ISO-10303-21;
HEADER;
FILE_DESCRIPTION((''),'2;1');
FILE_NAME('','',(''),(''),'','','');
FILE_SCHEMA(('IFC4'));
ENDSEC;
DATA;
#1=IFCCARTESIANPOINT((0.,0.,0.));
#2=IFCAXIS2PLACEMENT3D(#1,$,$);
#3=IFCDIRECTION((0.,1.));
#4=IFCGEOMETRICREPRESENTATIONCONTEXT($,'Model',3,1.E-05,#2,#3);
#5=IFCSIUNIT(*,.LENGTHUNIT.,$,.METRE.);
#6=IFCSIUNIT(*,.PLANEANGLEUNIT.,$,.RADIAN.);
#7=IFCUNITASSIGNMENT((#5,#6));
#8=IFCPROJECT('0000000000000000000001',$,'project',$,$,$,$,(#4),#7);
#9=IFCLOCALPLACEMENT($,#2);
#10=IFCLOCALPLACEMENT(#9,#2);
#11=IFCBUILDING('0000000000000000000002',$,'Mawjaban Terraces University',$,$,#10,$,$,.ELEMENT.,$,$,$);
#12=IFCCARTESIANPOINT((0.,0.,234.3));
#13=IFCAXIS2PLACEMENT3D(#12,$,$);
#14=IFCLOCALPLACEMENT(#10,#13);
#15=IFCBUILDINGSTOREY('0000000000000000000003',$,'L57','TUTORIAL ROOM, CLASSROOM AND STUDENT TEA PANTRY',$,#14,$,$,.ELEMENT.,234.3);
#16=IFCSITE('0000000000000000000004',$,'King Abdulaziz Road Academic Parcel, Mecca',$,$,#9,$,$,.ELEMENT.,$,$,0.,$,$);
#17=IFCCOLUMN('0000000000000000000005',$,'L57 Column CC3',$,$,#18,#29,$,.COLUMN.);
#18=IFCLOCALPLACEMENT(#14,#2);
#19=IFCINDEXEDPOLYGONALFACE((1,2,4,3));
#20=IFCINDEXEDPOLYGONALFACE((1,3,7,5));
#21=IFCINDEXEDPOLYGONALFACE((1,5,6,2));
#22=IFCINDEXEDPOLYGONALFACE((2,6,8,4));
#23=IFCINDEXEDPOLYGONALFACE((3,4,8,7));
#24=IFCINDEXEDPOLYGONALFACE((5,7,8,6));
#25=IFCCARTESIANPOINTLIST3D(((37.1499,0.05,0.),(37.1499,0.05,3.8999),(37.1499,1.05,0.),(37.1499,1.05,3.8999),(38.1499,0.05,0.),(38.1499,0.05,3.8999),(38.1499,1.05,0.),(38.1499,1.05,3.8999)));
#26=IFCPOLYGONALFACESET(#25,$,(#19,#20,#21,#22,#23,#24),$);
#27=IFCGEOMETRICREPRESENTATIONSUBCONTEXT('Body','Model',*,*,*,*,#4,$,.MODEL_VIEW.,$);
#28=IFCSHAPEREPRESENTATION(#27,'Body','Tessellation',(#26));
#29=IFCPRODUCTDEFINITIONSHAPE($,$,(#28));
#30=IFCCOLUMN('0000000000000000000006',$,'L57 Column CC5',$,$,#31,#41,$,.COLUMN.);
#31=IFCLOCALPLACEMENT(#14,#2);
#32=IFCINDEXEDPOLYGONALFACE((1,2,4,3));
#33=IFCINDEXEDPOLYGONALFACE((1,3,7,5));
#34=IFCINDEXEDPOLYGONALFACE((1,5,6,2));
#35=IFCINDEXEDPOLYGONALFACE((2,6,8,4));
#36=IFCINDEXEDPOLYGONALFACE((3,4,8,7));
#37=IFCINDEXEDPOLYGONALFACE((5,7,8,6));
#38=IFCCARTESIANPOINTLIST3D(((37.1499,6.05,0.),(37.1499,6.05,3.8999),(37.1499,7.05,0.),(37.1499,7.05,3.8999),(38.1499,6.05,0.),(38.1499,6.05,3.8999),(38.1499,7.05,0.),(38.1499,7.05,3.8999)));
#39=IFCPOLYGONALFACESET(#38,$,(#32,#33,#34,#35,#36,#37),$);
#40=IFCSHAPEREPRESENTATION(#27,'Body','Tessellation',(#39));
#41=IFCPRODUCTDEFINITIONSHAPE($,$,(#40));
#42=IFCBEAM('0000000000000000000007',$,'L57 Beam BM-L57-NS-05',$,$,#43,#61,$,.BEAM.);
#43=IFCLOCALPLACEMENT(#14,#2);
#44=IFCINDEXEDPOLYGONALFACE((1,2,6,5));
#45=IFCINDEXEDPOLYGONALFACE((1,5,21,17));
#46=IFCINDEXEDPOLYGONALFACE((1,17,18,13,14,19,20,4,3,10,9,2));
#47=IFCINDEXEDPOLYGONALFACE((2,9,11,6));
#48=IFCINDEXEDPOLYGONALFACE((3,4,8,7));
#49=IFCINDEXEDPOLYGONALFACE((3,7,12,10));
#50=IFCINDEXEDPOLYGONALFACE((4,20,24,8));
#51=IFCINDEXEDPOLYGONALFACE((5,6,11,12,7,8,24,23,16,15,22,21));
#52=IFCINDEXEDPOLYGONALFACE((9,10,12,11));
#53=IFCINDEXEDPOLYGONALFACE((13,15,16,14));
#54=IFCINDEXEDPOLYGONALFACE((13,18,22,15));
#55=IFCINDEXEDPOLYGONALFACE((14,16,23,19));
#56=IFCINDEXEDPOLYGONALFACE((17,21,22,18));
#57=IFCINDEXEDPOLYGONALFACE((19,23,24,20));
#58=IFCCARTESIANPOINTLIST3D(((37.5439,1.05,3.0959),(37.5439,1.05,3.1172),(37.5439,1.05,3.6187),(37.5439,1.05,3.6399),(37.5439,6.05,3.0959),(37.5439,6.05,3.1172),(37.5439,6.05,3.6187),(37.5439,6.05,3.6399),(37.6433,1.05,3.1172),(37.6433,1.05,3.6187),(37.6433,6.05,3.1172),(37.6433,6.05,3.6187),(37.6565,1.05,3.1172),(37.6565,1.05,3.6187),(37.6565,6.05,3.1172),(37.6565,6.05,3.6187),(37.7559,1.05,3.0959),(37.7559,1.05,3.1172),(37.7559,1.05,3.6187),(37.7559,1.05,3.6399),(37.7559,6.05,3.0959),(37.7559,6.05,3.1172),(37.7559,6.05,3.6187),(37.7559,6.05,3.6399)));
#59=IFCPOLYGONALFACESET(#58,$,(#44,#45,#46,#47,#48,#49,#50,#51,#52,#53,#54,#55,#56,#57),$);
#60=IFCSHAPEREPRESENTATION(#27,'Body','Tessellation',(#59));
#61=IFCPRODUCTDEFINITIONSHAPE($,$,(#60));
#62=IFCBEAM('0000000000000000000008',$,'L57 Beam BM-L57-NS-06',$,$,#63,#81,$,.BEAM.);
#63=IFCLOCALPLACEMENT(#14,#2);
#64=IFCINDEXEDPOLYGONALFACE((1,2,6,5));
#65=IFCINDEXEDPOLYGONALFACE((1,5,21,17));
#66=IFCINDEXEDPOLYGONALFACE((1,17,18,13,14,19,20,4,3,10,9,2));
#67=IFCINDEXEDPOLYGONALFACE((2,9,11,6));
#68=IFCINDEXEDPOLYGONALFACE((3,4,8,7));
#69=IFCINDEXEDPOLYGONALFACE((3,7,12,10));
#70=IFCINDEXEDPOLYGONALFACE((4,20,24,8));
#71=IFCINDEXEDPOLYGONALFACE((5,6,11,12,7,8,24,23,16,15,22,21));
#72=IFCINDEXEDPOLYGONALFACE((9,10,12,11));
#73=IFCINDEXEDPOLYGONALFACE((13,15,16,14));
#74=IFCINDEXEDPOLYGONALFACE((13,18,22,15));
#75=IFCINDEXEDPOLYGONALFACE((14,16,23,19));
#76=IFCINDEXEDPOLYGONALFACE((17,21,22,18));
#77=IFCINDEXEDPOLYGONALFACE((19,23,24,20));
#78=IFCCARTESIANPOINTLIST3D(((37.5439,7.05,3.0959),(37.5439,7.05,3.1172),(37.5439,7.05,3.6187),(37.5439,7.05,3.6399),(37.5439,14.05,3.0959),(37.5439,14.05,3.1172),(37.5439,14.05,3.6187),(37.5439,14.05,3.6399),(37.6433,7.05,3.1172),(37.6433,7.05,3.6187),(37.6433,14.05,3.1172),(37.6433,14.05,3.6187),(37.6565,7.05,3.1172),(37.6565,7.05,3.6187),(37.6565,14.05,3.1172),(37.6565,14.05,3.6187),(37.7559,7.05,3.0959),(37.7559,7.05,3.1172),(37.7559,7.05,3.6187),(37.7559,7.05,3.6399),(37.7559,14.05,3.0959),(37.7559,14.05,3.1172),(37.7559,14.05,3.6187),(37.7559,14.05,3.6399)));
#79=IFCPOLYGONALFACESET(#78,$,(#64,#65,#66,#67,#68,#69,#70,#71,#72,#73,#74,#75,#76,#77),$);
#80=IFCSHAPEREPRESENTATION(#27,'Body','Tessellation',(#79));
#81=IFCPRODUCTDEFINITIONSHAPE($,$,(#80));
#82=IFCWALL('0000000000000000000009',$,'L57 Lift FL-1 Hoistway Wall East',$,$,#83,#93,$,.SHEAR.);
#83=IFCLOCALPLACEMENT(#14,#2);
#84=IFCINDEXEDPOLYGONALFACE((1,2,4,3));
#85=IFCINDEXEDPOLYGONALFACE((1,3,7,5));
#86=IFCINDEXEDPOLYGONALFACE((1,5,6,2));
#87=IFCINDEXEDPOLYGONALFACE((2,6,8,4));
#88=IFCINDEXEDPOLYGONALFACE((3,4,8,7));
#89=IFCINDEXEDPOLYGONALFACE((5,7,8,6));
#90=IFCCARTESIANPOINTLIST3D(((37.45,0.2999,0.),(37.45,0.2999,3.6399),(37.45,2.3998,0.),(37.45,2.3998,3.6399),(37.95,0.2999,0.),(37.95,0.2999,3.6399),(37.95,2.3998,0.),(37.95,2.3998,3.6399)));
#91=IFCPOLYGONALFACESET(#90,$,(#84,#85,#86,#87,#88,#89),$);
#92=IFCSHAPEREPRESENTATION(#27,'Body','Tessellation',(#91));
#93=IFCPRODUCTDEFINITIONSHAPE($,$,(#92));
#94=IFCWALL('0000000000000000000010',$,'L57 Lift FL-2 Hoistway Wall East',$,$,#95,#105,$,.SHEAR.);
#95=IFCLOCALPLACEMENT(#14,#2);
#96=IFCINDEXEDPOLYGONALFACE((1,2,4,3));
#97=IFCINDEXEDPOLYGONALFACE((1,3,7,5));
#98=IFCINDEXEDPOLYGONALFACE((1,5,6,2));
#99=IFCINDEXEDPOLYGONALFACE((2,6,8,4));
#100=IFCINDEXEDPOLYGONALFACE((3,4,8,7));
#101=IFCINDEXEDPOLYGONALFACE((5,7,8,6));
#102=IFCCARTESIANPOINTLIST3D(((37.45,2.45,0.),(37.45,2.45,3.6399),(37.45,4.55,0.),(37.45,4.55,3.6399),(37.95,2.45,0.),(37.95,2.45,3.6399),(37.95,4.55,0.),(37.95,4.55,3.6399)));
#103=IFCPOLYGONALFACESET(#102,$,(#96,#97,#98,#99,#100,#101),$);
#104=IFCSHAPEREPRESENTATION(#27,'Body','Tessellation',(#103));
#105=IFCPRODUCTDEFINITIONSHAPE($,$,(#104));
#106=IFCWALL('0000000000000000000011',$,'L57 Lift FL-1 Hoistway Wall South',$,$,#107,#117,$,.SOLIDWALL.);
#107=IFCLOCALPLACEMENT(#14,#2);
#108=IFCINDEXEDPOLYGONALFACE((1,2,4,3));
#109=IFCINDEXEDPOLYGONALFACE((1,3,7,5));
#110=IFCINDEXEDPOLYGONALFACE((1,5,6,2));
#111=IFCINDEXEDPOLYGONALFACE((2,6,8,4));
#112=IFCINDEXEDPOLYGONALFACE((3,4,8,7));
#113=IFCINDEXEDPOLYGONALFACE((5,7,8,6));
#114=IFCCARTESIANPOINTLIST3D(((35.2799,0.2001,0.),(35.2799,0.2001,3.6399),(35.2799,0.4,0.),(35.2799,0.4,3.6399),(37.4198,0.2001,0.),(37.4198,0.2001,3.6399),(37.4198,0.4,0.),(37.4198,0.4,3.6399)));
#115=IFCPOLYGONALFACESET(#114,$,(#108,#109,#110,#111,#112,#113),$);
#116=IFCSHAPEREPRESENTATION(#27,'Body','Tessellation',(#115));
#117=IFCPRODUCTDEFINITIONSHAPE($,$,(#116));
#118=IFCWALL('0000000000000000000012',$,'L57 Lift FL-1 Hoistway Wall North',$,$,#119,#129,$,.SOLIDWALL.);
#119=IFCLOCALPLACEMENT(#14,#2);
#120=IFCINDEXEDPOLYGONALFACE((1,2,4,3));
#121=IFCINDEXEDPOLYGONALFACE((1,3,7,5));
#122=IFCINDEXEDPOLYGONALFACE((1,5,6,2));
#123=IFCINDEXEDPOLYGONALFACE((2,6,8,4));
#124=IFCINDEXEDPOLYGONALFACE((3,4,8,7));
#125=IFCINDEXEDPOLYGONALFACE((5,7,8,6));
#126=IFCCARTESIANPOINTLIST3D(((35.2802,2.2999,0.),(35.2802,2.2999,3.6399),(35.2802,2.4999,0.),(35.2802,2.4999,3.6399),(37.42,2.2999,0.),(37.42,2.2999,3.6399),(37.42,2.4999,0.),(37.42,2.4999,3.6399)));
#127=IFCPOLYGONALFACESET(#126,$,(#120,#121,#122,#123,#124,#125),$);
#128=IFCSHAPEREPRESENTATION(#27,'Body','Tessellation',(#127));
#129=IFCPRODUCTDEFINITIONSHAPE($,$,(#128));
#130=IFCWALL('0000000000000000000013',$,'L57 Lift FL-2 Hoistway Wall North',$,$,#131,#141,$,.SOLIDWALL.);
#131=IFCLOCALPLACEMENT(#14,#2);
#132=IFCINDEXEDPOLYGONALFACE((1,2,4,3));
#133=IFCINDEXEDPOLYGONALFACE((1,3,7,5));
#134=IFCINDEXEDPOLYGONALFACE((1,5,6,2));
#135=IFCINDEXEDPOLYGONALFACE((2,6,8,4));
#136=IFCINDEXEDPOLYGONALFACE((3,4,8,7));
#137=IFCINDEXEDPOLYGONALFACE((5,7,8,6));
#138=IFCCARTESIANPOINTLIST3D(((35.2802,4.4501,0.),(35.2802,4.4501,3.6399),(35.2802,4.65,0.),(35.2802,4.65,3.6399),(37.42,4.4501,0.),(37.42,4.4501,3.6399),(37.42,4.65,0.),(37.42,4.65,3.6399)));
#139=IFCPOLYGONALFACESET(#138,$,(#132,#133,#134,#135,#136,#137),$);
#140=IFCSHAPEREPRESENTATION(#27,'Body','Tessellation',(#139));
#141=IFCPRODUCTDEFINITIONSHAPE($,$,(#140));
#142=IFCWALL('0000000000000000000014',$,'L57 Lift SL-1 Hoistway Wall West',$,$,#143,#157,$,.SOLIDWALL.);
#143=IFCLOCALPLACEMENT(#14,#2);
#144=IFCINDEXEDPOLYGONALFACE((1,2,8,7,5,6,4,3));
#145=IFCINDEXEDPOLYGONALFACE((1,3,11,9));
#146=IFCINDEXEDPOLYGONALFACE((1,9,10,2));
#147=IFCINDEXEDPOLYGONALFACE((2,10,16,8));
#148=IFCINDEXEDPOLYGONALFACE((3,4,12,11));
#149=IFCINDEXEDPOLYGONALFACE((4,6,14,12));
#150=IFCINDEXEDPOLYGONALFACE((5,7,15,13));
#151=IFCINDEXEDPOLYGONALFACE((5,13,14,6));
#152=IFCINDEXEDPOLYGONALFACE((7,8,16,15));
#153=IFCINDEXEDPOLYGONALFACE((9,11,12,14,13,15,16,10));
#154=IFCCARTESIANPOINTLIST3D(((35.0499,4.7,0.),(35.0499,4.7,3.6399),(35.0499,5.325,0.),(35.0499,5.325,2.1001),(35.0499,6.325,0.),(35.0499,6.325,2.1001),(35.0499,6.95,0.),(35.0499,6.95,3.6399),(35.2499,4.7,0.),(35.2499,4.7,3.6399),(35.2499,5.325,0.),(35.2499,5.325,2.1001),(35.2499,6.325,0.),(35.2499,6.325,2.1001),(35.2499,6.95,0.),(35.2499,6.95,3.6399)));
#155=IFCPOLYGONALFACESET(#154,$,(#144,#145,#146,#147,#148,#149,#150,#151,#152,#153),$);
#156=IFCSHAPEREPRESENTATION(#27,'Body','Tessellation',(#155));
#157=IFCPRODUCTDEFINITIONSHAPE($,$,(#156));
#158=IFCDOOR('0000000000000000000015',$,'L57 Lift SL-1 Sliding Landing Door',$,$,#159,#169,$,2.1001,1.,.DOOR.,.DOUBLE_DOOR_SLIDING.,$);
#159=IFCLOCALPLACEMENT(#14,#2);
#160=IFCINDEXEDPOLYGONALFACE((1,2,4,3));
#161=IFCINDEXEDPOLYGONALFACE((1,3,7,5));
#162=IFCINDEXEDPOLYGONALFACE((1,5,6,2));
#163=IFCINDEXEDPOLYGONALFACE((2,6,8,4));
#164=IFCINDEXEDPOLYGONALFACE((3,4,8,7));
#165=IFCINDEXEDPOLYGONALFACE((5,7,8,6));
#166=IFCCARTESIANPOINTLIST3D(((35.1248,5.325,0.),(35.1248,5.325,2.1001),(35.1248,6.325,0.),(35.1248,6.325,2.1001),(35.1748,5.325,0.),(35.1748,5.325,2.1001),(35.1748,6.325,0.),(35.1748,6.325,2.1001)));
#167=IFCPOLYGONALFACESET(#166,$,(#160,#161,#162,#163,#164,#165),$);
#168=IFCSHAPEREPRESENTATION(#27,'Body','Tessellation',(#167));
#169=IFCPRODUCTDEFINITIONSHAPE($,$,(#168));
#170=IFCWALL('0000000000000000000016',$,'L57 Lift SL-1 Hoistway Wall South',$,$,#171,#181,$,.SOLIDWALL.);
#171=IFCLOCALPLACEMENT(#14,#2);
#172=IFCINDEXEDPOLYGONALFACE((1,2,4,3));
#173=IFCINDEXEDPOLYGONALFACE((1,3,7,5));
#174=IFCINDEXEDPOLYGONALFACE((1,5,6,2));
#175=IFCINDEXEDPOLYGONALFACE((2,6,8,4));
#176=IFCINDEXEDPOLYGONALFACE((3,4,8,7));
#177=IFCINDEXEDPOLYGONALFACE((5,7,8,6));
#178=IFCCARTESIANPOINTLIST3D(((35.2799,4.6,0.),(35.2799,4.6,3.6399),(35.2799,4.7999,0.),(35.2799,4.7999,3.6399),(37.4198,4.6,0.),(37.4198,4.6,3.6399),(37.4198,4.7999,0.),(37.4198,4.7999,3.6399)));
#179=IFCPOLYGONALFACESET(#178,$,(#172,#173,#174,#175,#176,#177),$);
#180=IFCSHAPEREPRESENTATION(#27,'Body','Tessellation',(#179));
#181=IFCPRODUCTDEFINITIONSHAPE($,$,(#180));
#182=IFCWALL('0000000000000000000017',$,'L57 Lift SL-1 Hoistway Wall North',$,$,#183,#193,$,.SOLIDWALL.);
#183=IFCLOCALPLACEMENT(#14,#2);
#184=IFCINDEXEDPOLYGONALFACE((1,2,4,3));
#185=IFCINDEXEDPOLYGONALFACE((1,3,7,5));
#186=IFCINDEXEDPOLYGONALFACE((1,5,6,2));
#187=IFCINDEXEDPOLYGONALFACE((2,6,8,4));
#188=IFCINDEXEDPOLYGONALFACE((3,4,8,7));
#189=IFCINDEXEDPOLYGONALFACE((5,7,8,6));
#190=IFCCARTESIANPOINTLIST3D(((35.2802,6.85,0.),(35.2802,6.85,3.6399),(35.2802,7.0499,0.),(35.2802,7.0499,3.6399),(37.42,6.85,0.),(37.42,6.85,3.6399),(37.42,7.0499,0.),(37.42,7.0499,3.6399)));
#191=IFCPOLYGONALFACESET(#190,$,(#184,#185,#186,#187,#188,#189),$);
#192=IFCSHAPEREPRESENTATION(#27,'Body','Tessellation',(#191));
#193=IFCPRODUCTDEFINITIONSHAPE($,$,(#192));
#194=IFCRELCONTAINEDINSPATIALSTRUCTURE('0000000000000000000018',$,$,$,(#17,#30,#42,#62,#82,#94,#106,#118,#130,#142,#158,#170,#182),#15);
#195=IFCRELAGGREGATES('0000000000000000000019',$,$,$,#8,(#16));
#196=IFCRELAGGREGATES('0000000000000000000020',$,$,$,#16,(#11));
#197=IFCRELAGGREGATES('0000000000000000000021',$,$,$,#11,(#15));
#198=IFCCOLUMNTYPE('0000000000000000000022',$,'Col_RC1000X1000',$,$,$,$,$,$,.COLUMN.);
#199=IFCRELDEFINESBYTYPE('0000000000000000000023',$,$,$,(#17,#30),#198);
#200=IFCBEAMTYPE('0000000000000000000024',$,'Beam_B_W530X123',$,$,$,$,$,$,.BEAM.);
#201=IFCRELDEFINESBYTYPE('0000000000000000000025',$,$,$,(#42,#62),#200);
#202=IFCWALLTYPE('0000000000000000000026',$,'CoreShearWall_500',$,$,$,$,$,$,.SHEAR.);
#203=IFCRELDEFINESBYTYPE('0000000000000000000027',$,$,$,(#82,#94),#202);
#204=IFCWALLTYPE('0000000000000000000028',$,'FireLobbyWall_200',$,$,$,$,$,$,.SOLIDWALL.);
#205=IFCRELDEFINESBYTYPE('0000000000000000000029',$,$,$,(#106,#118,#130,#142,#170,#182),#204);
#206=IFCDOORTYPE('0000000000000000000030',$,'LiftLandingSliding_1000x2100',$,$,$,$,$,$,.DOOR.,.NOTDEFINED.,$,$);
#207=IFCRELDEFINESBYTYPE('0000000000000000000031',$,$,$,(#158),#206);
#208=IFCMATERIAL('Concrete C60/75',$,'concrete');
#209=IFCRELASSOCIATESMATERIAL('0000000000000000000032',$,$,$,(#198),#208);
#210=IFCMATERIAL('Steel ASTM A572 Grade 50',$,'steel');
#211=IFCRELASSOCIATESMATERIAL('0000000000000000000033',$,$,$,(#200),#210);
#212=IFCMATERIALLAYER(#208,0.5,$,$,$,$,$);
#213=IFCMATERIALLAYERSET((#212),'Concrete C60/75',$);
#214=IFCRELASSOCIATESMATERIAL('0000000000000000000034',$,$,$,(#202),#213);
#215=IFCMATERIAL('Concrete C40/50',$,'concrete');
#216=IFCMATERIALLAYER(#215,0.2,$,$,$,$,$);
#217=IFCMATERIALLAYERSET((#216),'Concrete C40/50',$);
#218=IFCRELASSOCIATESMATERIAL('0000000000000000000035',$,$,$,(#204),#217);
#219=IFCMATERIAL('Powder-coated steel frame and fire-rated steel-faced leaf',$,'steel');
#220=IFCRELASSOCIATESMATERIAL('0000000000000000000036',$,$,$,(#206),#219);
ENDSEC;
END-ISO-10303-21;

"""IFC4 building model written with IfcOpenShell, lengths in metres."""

from ifc_helpers import new_model, si_unit, direction, frame, frame_2d, origin, origin_2d, place, context, subcontext, project, spatial, rectangle, i_section, extrude, material, layer, layer_set, material_profile, profile_set, type_object, element, fill, save


model = new_model("IFC4")

# Units and contexts
model_context = context("Model", 3, precision=1e-05, world=origin(), true_north=direction((0.0, 1.0)))
body_context = subcontext(model_context, "Body", "Model", "MODEL_VIEW")
ifc_project = project(units=[si_unit("LENGTHUNIT", "METRE"), si_unit("PLANEANGLEUNIT", "RADIAN")], contexts=[model_context])

# Site, building, storey
site_placement = place(None, origin())
site = spatial("IfcSite", under=ifc_project, at=site_placement, Name="King Abdulaziz Road Academic Parcel, Mecca", CompositionType="ELEMENT", RefElevation=0.0)
building_placement = place(site_placement, origin())
building = spatial("IfcBuilding", under=site, at=building_placement, Name="Mawjaban Terraces University", CompositionType="ELEMENT")
storey_placement = place(building_placement, frame((0.0, 0.0, 234.3)))
storey = spatial("IfcBuildingStorey", under=building, at=storey_placement, Name="L57", Description="TUTORIAL ROOM, CLASSROOM AND STUDENT TEA PANTRY", CompositionType="ELEMENT", Elevation=234.3)

# Columns
ifc_material_1 = material(Name="Concrete C60/75", Category="concrete")
ifc_material_profile_1 = material_profile(ifc_material_1, rectangle(XDim=1.0, YDim=1.0, at=origin_2d()), Name="RC1000X1000")
ifc_profile_set_1 = profile_set([ifc_material_profile_1], Name="Concrete C60/75")
column_type = type_object("IfcColumnType", Name="Col_RC1000X1000", PredefinedType="COLUMN", material=ifc_profile_set_1)
for number, where, z_axis, x_axis, name in (
    (1, (37.6499, 0.55, 0.0), (0.0, 0.0, 1.0), (1.0, 0.0, 0.0), "L57 Column CC3"),
    (2, (37.6499, 6.55, 0.0), (0.0, 0.0, 1.0), (1.0, 0.0, 0.0), "L57 Column CC5"),
):
    element("IfcColumn", number, at=place(storey_placement, frame(where, z_axis=z_axis, x_axis=x_axis)), inside=storey, type_object=column_type, Name=name, PredefinedType="COLUMN", context=body_context, shape_type="SweptSolid", body=[
        extrude(rectangle(XDim=1.0, YDim=1.0, at=origin_2d()), origin(), (0.0, 0.0, 1.0), 3.8999),
    ])

# Beams
ifc_material_2 = material(Name="Steel ASTM A572 Grade 50", Category="steel")
ifc_material_profile_2 = material_profile(ifc_material_2, i_section(OverallWidth=0.2119, OverallDepth=0.5439, WebThickness=0.0132, FlangeThickness=0.0212, at=origin_2d()), Name="W530X123")
ifc_profile_set_2 = profile_set([ifc_material_profile_2], Name="Steel ASTM A572 Grade 50")
beam_type = type_object("IfcBeamType", Name="Beam_B_W530X123", PredefinedType="BEAM", material=ifc_profile_set_2)
beam_1_placement = place(storey_placement, frame((37.6499, 1.05, 3.3679), z_axis=(0.0, 1.0, 0.0), x_axis=(-1.0, 0.0, 0.0)))
element("IfcBeam", 3, at=beam_1_placement, inside=storey, type_object=beam_type, Name="L57 Beam BM-L57-NS-05", PredefinedType="BEAM", context=body_context, shape_type="SweptSolid", body=[
    extrude(i_section(OverallWidth=0.2119, OverallDepth=0.5439, WebThickness=0.0132, FlangeThickness=0.0212, at=origin_2d()), origin(), (0.0, 0.0, 1.0), 5.0),
])
beam_2_placement = place(storey_placement, frame((37.6499, 7.05, 3.3679), z_axis=(0.0, 1.0, 0.0), x_axis=(-1.0, 0.0, 0.0)))
element("IfcBeam", 4, at=beam_2_placement, inside=storey, type_object=beam_type, Name="L57 Beam BM-L57-NS-06", PredefinedType="BEAM", context=body_context, shape_type="SweptSolid", body=[
    extrude(i_section(OverallWidth=0.2119, OverallDepth=0.5439, WebThickness=0.0132, FlangeThickness=0.0212, at=origin_2d()), origin(), (0.0, 0.0, 1.0), 7.0),
])

# Walls
ifc_layer_1 = layer(ifc_material_1, 0.5)
ifc_layer_set_1 = layer_set([ifc_layer_1], Name="Concrete C60/75")
wall_type_1 = type_object("IfcWallType", Name="CoreShearWall_500", PredefinedType="SHEAR", material=ifc_layer_set_1)
wall_1_placement = place(storey_placement, frame((37.7, 0.3, 0.0), z_axis=(0.0, 0.0, 1.0), x_axis=(0.0, 1.0, 0.0)))
element("IfcWall", 5, at=wall_1_placement, inside=storey, type_object=wall_type_1, Name="L57 Lift FL-1 Hoistway Wall East", PredefinedType="SHEAR", context=body_context, shape_type="SweptSolid", body=[
    extrude(rectangle(XDim=2.0999, YDim=0.5, at=frame_2d((1.0498, 0.0))), origin(), (0.0, 0.0, 1.0), 3.6399),
])
wall_2_placement = place(storey_placement, frame((37.7, 2.45, 0.0), z_axis=(0.0, 0.0, 1.0), x_axis=(0.0, 1.0, 0.0)))
element("IfcWall", 6, at=wall_2_placement, inside=storey, type_object=wall_type_1, Name="L57 Lift FL-2 Hoistway Wall East", PredefinedType="SHEAR", context=body_context, shape_type="SweptSolid", body=[
    extrude(rectangle(XDim=2.1001, YDim=0.5, at=frame_2d((1.05, 0.0))), origin(), (0.0, 0.0, 1.0), 3.6399),
])

# Shared definitions
ifc_material_3 = material(Name="Concrete C40/50", Category="concrete")
ifc_layer_2 = layer(ifc_material_3, 0.2)
ifc_layer_set_2 = layer_set([ifc_layer_2], Name="Concrete C40/50")
wall_type_2 = type_object("IfcWallType", Name="FireLobbyWall_200", PredefinedType="SOLIDWALL", material=ifc_layer_set_2)
ifc_material_4 = material(Name="Powder-coated steel frame and fire-rated steel-faced leaf", Category="steel")

# Walls
for number, where, z_axis, x_axis, name in (
    (7, (35.28, 0.3, 0.0), (0.0, 0.0, 1.0), (1.0, 0.0, 0.0), "L57 Lift FL-1 Hoistway Wall South"),
    (8, (37.4199, 2.3999, 0.0), (0.0, 0.0, 1.0), (-1.0, 0.0, 0.0), "L57 Lift FL-1 Hoistway Wall North"),
):
    element("IfcWall", number, at=place(storey_placement, frame(where, z_axis=z_axis, x_axis=x_axis)), inside=storey, type_object=wall_type_2, Name=name, PredefinedType="SOLIDWALL", context=body_context, shape_type="SweptSolid", body=[
        extrude(rectangle(XDim=2.1399, YDim=0.2, at=frame_2d((1.0698, 0.0))), origin(), (0.0, 0.0, 1.0), 3.6399),
    ])

# Wall
wall_3_placement = place(storey_placement, frame((37.4199, 4.55, 0.0), z_axis=(0.0, 0.0, 1.0), x_axis=(-1.0, 0.0, 0.0)))
element("IfcWall", 9, at=wall_3_placement, inside=storey, type_object=wall_type_2, Name="L57 Lift FL-2 Hoistway Wall North", PredefinedType="SOLIDWALL", context=body_context, shape_type="SweptSolid", body=[
    extrude(rectangle(XDim=2.1399, YDim=0.2, at=frame_2d((1.0698, 0.0))), origin(), (0.0, 0.0, 1.0), 3.6399),
])

# Wall, opening, door
wall_4_placement = place(storey_placement, frame((35.1499, 6.95, 0.0), z_axis=(0.0, 0.0, 1.0), x_axis=(0.0, -1.0, 0.0)))
wall_4 = element("IfcWall", 10, at=wall_4_placement, inside=storey, type_object=wall_type_2, Name="L57 Lift SL-1 Hoistway Wall West", PredefinedType="SOLIDWALL", context=body_context, shape_type="SweptSolid", body=[
    extrude(rectangle(XDim=2.25, YDim=0.2, at=frame_2d((1.125, 0.0))), origin(), (0.0, 0.0, 1.0), 3.6399),
])
opening_1_placement = place(wall_4_placement, frame((0.625, 0.0, 0.0)))
opening_1 = element("IfcOpeningElement", 11, at=opening_1_placement, cuts=wall_4, PredefinedType="OPENING", context=body_context, shape_type="SweptSolid", body=[
    extrude(rectangle(XDim=1.0, YDim=2.1001, at=frame_2d((0.5, 1.05))), frame((0.0, 0.1099, 0.0), z_axis=(0.0, -1.0, 0.0), x_axis=(1.0, 0.0, 0.0)), (0.0, 0.0, 1.0), 0.22),
])
door_type_1 = type_object("IfcDoorType", Name="LiftLandingSliding_1000x2100", OperationType="NOTDEFINED", PredefinedType="DOOR", material=ifc_material_4)
door_1_placement = place(opening_1_placement, origin())
door_1 = element("IfcDoor", 12, at=door_1_placement, inside=storey, type_object=door_type_1, Name="L57 Lift SL-1 Sliding Landing Door", OperationType="DOUBLE_DOOR_SLIDING", OverallHeight=2.1001, OverallWidth=1.0, PredefinedType="DOOR", context=body_context, shape_type="SweptSolid", body=[
    extrude(rectangle(XDim=1.0, YDim=2.1001, at=frame_2d((0.5, 1.05))), frame((0.0, 0.0249, 0.0), z_axis=(0.0, -1.0, 0.0), x_axis=(1.0, 0.0, 0.0)), (0.0, 0.0, 1.0), 0.05),
])
fill(opening_1, door_1)

# Walls
for number, where, z_axis, x_axis, name in (
    (13, (35.28, 4.7, 0.0), (0.0, 0.0, 1.0), (1.0, 0.0, 0.0), "L57 Lift SL-1 Hoistway Wall South"),
    (14, (37.4199, 6.95, 0.0), (0.0, 0.0, 1.0), (-1.0, 0.0, 0.0), "L57 Lift SL-1 Hoistway Wall North"),
):
    element("IfcWall", number, at=place(storey_placement, frame(where, z_axis=z_axis, x_axis=x_axis)), inside=storey, type_object=wall_type_2, Name=name, PredefinedType="SOLIDWALL", context=body_context, shape_type="SweptSolid", body=[
        extrude(rectangle(XDim=2.1399, YDim=0.2, at=frame_2d((1.0698, 0.0))), origin(), (0.0, 0.0, 1.0), 3.6399),
    ])

save(model, "model.ifc")
